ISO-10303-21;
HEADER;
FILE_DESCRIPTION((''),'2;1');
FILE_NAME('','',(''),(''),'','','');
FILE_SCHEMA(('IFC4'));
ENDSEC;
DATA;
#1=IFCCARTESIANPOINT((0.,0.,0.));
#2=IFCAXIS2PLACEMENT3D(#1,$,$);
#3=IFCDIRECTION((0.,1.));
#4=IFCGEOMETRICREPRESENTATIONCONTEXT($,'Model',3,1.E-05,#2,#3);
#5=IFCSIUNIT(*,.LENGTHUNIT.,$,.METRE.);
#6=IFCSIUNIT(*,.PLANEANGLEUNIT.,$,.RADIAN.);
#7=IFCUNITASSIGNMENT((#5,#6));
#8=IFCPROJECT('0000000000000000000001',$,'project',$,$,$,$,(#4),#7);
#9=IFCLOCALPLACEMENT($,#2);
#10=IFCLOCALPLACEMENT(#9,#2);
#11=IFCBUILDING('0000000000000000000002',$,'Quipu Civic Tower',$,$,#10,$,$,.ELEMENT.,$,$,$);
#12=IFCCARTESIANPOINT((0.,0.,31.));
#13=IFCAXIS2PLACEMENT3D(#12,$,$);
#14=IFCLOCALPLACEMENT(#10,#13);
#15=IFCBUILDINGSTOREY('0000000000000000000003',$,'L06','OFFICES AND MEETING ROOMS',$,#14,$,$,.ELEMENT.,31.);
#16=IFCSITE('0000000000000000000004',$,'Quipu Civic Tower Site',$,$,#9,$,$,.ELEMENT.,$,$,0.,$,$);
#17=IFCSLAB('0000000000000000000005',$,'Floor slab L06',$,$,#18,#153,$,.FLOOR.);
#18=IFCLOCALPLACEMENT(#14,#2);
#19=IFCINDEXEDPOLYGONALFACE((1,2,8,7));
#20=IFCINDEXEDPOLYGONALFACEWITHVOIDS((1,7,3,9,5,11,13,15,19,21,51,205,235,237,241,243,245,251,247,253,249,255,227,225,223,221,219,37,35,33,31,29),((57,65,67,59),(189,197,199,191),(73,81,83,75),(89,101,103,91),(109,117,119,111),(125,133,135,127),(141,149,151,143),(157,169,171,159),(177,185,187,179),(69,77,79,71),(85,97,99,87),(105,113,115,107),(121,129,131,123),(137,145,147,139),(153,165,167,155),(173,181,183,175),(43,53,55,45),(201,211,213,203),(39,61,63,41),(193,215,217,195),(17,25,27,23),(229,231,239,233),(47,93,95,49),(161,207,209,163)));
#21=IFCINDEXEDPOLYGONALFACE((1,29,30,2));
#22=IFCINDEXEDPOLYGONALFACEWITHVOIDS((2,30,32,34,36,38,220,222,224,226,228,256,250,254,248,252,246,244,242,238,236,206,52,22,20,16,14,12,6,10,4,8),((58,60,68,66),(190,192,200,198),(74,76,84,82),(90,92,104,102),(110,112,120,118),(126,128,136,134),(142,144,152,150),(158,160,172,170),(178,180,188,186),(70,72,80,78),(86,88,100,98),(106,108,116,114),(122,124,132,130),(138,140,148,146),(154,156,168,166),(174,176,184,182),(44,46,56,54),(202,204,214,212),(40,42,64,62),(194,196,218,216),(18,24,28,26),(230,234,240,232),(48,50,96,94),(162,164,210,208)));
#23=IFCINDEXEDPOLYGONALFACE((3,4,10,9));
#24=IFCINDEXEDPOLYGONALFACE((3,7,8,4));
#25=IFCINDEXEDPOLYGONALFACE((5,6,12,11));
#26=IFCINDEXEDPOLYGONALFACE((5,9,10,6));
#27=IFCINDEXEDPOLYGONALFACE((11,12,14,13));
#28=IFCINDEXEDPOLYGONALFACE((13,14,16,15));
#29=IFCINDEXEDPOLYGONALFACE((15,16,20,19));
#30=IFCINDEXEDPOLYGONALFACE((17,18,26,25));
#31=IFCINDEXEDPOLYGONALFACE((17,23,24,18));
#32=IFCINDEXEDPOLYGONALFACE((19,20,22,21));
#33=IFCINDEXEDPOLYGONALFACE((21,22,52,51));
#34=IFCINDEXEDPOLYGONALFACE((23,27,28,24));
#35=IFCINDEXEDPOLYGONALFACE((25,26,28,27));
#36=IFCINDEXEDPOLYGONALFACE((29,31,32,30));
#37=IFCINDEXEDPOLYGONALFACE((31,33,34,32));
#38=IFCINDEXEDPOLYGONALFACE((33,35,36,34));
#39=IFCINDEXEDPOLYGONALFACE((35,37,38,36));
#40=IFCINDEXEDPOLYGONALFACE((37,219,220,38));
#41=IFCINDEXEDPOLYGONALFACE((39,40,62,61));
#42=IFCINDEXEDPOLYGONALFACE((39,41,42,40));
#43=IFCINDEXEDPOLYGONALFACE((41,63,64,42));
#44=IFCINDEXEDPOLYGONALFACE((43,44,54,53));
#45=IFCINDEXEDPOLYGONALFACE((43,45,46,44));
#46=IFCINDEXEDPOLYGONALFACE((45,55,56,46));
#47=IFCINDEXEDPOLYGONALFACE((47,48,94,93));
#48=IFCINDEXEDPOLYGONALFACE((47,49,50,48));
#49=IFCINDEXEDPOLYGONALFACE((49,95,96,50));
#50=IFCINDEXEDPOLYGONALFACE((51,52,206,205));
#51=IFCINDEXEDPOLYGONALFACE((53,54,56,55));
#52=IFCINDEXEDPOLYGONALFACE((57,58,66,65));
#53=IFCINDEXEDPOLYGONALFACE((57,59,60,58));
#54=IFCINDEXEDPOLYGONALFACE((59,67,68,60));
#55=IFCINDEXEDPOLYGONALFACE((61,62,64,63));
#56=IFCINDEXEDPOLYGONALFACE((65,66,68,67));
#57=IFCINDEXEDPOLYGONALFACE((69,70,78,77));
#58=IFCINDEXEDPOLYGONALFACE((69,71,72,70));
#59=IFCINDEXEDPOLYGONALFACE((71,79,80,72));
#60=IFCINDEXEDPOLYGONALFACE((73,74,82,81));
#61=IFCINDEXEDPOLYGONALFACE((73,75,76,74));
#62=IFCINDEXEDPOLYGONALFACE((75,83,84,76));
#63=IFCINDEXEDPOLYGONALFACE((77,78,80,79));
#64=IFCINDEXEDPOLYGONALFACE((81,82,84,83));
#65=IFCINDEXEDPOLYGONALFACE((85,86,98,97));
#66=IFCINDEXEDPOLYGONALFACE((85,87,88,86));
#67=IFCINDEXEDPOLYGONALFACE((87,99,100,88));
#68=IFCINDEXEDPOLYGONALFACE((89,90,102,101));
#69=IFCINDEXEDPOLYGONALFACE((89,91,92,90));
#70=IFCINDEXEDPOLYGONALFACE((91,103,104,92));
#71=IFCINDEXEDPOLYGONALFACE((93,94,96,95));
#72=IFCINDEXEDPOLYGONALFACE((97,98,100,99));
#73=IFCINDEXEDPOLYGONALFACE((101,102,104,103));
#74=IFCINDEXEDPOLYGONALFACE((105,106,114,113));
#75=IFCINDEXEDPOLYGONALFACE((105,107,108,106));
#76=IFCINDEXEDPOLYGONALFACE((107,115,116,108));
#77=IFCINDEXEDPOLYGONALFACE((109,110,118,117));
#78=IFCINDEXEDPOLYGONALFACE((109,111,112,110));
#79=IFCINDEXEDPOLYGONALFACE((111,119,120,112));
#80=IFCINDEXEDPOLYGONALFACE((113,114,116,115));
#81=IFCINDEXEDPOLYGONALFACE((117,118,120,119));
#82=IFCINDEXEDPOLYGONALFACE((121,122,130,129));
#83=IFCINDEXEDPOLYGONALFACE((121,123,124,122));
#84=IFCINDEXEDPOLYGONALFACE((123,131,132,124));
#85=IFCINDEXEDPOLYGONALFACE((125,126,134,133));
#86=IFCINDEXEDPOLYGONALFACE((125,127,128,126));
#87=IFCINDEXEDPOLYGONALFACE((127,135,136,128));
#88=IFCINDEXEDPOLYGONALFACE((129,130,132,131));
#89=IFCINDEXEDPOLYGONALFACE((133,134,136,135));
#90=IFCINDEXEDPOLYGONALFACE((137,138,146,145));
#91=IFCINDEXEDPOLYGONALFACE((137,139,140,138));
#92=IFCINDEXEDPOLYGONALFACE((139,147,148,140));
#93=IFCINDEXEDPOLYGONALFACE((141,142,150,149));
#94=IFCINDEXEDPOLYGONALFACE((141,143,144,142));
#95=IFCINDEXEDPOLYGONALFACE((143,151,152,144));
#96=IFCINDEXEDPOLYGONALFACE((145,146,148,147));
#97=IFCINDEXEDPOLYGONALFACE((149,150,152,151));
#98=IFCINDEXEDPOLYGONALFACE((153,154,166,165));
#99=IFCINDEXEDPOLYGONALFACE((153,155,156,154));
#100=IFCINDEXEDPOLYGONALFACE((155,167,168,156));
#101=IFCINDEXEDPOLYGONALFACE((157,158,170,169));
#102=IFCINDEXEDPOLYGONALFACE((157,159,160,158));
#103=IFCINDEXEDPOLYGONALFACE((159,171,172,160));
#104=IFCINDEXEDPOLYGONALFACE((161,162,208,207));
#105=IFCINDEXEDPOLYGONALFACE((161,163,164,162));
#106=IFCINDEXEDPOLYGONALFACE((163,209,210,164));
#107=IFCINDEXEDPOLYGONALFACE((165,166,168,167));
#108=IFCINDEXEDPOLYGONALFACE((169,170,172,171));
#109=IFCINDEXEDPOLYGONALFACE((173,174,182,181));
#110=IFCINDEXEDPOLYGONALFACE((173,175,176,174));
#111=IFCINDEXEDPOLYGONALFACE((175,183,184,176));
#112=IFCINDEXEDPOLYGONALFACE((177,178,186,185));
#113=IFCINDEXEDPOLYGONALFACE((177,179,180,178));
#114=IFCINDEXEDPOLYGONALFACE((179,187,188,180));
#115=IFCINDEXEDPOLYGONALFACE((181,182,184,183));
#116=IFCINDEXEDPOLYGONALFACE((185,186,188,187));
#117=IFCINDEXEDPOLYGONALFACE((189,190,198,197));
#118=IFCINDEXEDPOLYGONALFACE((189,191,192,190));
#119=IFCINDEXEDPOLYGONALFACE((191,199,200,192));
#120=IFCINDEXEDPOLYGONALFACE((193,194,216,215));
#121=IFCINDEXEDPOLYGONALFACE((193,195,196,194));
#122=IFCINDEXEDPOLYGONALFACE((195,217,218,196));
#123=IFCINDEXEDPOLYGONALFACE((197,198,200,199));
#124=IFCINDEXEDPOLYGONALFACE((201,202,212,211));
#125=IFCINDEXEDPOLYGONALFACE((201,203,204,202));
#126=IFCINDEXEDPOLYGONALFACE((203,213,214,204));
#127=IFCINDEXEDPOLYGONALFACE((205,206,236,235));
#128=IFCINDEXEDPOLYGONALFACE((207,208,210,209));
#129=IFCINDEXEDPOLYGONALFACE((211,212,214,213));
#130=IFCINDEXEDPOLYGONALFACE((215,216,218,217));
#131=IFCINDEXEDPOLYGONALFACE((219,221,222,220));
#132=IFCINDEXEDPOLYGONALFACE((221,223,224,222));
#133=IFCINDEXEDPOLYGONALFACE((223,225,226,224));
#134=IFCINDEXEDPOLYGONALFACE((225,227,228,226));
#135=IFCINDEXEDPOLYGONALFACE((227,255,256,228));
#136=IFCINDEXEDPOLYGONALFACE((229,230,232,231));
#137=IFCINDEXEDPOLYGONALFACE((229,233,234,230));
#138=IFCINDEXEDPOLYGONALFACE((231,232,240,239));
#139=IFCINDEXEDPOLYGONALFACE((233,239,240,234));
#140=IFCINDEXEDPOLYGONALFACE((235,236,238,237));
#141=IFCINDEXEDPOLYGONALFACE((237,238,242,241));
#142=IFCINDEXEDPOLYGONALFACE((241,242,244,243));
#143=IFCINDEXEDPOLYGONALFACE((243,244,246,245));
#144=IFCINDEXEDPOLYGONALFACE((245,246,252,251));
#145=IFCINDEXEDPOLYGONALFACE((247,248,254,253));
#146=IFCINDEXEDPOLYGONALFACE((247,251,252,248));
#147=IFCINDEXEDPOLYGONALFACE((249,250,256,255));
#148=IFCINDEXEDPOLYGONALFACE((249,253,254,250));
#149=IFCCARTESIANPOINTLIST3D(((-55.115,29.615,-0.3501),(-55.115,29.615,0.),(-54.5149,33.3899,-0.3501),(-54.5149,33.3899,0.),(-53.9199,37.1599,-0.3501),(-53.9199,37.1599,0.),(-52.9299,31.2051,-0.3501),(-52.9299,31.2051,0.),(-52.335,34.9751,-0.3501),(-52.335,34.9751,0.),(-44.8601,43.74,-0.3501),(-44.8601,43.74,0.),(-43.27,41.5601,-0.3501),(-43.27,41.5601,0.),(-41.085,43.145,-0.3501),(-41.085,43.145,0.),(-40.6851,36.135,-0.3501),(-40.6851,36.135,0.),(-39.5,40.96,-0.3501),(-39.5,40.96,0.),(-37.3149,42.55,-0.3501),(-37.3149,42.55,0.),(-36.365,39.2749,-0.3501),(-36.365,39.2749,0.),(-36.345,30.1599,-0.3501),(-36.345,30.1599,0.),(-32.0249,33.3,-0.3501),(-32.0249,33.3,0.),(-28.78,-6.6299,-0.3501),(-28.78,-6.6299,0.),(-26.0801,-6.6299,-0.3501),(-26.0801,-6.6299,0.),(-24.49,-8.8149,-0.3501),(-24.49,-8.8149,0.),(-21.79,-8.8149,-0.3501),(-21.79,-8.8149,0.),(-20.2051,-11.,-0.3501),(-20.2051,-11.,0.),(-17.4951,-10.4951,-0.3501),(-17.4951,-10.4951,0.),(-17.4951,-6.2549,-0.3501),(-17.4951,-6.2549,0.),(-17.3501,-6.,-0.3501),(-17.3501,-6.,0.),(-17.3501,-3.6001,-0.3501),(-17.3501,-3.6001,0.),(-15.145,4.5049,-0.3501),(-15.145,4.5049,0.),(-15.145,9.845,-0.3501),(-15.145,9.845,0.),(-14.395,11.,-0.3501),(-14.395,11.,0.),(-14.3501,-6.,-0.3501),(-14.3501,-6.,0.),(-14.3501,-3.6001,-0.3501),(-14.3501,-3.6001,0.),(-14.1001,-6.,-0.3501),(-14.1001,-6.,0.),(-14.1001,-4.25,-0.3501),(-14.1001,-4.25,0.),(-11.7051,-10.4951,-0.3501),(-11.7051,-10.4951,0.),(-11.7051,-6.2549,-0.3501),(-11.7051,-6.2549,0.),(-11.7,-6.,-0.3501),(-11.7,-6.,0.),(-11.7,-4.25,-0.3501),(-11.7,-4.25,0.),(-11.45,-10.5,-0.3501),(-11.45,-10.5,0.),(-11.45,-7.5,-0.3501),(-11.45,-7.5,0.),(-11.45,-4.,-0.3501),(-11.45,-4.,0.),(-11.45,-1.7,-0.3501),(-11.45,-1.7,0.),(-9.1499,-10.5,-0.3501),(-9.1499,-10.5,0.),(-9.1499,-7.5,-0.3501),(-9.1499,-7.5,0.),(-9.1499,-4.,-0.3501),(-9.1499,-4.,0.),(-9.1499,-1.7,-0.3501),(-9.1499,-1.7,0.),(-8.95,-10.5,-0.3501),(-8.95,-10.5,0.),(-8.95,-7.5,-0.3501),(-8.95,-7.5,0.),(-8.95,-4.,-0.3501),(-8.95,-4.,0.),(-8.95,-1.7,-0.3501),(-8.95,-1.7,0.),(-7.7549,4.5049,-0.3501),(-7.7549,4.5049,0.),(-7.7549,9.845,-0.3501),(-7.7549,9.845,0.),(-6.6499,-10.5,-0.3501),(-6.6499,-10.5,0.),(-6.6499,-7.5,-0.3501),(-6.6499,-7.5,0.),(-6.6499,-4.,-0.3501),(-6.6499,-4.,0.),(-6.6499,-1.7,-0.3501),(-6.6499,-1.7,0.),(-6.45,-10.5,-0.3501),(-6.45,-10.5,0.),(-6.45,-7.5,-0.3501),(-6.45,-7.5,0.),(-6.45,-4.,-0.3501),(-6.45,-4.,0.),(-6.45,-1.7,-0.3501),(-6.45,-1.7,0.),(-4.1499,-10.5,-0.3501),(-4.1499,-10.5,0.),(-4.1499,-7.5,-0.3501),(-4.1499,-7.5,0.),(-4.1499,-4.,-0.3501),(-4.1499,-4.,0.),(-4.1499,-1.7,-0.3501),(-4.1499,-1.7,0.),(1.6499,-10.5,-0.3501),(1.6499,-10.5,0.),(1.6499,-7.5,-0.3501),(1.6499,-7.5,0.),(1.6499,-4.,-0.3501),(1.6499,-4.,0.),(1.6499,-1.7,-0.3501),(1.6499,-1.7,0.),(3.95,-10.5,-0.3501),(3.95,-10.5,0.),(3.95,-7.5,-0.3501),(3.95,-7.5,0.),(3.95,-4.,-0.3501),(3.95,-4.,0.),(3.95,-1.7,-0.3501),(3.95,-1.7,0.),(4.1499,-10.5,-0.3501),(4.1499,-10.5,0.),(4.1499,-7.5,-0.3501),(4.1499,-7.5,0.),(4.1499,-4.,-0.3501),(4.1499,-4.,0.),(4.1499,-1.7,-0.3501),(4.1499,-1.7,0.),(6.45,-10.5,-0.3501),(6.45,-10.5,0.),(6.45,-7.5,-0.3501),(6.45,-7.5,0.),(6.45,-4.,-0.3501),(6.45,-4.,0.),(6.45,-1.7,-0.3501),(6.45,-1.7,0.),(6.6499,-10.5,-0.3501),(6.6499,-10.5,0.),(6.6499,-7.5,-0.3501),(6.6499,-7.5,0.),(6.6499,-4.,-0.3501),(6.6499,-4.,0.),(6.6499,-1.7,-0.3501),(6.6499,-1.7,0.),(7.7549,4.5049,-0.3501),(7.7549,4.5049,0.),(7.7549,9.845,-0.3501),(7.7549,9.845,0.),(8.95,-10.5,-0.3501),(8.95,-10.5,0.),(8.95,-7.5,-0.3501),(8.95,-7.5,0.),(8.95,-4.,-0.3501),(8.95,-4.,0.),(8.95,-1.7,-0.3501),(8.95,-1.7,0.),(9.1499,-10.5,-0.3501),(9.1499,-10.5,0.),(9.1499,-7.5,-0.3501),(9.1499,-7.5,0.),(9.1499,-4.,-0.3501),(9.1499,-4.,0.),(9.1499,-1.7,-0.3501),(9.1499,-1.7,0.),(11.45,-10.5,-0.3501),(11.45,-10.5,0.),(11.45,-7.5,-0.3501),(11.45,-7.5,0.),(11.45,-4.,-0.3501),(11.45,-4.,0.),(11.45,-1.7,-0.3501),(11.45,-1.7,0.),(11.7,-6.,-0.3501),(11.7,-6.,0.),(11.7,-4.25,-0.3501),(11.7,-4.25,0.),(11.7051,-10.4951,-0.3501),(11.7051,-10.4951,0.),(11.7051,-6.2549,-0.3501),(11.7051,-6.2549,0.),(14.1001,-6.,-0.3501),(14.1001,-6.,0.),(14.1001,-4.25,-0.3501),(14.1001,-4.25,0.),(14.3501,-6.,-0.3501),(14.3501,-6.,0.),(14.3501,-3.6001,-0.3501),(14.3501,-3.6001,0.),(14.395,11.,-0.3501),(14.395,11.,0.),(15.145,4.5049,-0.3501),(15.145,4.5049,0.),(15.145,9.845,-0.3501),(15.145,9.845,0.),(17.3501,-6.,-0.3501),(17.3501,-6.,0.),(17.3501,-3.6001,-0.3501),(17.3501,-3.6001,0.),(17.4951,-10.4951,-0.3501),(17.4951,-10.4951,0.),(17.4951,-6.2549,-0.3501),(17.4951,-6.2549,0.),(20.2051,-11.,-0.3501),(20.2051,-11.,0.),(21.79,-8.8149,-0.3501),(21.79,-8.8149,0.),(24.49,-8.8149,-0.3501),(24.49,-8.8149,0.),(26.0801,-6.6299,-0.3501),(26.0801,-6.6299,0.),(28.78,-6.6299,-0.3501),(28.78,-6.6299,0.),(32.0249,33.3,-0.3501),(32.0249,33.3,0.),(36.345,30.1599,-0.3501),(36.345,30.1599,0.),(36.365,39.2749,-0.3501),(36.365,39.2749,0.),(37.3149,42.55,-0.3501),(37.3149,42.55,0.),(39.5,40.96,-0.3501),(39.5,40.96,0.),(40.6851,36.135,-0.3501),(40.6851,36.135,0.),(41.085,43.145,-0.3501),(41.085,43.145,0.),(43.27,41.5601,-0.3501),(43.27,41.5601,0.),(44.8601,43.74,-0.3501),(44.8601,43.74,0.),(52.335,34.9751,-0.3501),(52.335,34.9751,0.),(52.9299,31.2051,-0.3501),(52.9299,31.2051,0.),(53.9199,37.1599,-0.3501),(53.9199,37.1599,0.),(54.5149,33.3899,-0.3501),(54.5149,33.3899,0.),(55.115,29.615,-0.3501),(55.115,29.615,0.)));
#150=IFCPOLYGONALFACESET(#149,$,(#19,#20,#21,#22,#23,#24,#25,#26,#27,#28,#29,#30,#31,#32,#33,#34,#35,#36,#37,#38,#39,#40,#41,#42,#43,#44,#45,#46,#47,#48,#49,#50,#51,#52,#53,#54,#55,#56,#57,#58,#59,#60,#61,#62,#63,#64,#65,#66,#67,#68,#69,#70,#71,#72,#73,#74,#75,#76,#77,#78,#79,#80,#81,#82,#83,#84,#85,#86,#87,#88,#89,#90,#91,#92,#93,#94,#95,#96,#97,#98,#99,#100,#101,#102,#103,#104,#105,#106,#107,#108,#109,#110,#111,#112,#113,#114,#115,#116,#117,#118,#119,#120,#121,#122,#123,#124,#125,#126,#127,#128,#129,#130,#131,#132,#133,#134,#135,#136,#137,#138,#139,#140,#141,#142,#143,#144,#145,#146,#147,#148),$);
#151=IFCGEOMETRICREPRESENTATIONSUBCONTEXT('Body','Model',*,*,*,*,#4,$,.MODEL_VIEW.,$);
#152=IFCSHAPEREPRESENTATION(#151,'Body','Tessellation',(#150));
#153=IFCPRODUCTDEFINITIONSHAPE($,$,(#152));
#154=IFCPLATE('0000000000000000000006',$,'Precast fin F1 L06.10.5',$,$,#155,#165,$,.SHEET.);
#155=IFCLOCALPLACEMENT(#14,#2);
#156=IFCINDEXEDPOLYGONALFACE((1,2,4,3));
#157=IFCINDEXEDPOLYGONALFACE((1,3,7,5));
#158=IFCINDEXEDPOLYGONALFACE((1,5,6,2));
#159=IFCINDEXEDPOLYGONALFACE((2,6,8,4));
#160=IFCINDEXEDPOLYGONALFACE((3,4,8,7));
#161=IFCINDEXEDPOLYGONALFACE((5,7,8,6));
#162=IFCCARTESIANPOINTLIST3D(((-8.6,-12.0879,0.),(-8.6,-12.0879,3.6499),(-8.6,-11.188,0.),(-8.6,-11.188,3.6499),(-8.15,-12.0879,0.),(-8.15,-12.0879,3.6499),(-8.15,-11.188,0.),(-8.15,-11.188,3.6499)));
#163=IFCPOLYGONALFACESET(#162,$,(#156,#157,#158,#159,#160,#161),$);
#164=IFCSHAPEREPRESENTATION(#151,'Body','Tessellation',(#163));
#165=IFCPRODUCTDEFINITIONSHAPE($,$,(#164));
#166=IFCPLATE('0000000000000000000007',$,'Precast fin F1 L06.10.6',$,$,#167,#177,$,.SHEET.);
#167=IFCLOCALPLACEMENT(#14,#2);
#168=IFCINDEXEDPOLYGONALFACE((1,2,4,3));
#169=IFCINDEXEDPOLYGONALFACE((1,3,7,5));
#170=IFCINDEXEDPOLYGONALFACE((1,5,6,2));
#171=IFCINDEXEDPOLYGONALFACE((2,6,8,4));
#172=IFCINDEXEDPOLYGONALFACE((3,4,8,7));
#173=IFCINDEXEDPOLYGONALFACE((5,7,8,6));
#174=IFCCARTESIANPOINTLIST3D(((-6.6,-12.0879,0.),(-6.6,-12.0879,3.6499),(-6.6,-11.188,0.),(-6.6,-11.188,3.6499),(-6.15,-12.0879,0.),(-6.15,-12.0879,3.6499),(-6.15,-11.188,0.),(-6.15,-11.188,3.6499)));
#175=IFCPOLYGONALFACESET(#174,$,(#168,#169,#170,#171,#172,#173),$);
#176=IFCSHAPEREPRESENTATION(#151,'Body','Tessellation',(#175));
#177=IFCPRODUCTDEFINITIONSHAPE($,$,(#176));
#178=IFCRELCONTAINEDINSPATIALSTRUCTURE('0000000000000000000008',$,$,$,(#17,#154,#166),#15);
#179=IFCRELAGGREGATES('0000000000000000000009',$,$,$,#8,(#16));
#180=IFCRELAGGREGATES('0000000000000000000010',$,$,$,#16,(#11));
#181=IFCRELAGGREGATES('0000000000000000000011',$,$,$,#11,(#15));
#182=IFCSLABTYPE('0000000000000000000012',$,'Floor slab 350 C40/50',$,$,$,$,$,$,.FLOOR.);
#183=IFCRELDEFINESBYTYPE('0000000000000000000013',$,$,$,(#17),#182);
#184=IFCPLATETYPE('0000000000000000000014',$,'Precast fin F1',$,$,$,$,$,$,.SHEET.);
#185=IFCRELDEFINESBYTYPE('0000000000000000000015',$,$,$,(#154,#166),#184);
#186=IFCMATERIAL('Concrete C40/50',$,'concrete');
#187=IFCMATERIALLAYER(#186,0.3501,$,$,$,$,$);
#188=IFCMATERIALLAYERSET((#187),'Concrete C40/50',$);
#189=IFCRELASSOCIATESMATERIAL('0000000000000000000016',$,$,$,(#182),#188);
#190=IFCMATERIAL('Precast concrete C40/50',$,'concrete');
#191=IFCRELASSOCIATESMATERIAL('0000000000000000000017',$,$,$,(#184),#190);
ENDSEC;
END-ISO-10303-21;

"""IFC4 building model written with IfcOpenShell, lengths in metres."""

from ifc_helpers import new_model, si_unit, direction, frame, origin, origin_2d, place, context, subcontext, project, spatial, polyline, rectangle, outline, extrude, material, layer, layer_set, type_object, element, save


model = new_model("IFC4")

# Units and contexts
model_context = context("Model", 3, precision=1e-05, world=origin(), true_north=direction((0.0, 1.0)))
body_context = subcontext(model_context, "Body", "Model", "MODEL_VIEW")
ifc_project = project(units=[si_unit("LENGTHUNIT", "METRE"), si_unit("PLANEANGLEUNIT", "RADIAN")], contexts=[model_context])

# Site, building, storey
site_placement = place(None, origin())
site = spatial("IfcSite", under=ifc_project, at=site_placement, Name="Quipu Civic Tower Site", CompositionType="ELEMENT", RefElevation=0.0)
building_placement = place(site_placement, origin())
building = spatial("IfcBuilding", under=site, at=building_placement, Name="Quipu Civic Tower", CompositionType="ELEMENT")
storey_placement = place(building_placement, frame((0.0, 0.0, 31.0)))
storey = spatial("IfcBuildingStorey", under=building, at=storey_placement, Name="L06", Description="OFFICES AND MEETING ROOMS", CompositionType="ELEMENT", Elevation=31.0)

# Slab
ifc_material_1 = material(Name="Concrete C40/50", Category="concrete")
ifc_layer_1 = layer(ifc_material_1, 0.3501)
ifc_layer_set_1 = layer_set([ifc_layer_1], Name="Concrete C40/50")
slab_type = type_object("IfcSlabType", Name="Floor slab 350 C40/50", PredefinedType="FLOOR", material=ifc_layer_set_1)
slab_placement = place(storey_placement, frame((0.0, 0.0, -0.3501)))
element("IfcSlab", 1, at=slab_placement, inside=storey, type_object=slab_type, Name="Floor slab L06", PredefinedType="FLOOR", context=body_context, shape_type="SweptSolid", body=[
    extrude(outline(polyline([(37.3149, 42.55), (39.5, 40.96), (41.085, 43.145), (43.27, 41.5601), (44.8601, 43.74), (53.9199, 37.1599), (52.335, 34.9751), (54.5149, 33.3899), (52.9299, 31.2051), (55.115, 29.615), (28.78, -6.6299), (26.0801, -6.6299), (24.49, -8.8149), (21.79, -8.8149), (20.2051, -11.0), (-20.2051, -11.0), (-21.79, -8.8149), (-24.49, -8.8149), (-26.0801, -6.6299), (-28.78, -6.6299), (-55.115, 29.615), (-52.9299, 31.2051), (-54.5149, 33.3899), (-52.335, 34.9751), (-53.9199, 37.1599), (-44.8601, 43.74), (-43.27, 41.5601), (-41.085, 43.145), (-39.5, 40.96), (-37.3149, 42.55), (-14.395, 11.0), (14.395, 11.0), (37.3149, 42.55)]), holes=[polyline([(-11.45, -7.5), (-11.45, -10.5), (-9.1499, -10.5), (-9.1499, -7.5), (-11.45, -7.5)]), polyline([(-6.6499, -7.5), (-8.95, -7.5), (-8.95, -10.5), (-6.6499, -10.5), (-6.6499, -7.5)]), polyline([(-4.1499, -7.5), (-6.45, -7.5), (-6.45, -10.5), (-4.1499, -10.5), (-4.1499, -7.5)]), polyline([(1.6499, -7.5), (1.6499, -10.5), (3.95, -10.5), (3.95, -7.5), (1.6499, -7.5)]), polyline([(-11.7051, -10.4951), (-11.7051, -6.2549), (-17.4951, -6.2549), (-17.4951, -10.4951), (-11.7051, -10.4951)]), polyline([(-11.7, -4.25), (-14.1001, -4.25), (-14.1001, -6.0), (-11.7, -6.0), (-11.7, -4.25)]), polyline([(-17.3501, -3.6001), (-17.3501, -6.0), (-14.3501, -6.0), (-14.3501, -3.6001), (-17.3501, -3.6001)]), polyline([(-9.1499, -1.7), (-11.45, -1.7), (-11.45, -4.0), (-9.1499, -4.0), (-9.1499, -1.7)]), polyline([(-6.6499, -1.7), (-8.95, -1.7), (-8.95, -4.0), (-6.6499, -4.0), (-6.6499, -1.7)]), polyline([(-6.45, -1.7), (-6.45, -4.0), (-4.1499, -4.0), (-4.1499, -1.7), (-6.45, -1.7)]), polyline([(-7.7549, 4.5049), (-7.7549, 9.845), (-15.145, 9.845), (-15.145, 4.5049), (-7.7549, 4.5049)]), polyline([(-36.365, 39.2749), (-40.6851, 36.135), (-36.345, 30.1599), (-32.0249, 33.3), (-36.365, 39.2749)]), polyline([(4.1499, -7.5), (4.1499, -10.5), (6.45, -10.5), (6.45, -7.5), (4.1499, -7.5)]), polyline([(8.95, -7.5), (6.6499, -7.5), (6.6499, -10.5), (8.95, -10.5), (8.95, -7.5)]), polyline([(11.45, -7.5), (9.1499, -7.5), (9.1499, -10.5), (11.45, -10.5), (11.45, -7.5)]), polyline([(11.7051, -10.4951), (17.4951, -10.4951), (17.4951, -6.2549), (11.7051, -6.2549), (11.7051, -10.4951)]), polyline([(14.1001, -4.25), (11.7, -4.25), (11.7, -6.0), (14.1001, -6.0), (14.1001, -4.25)]), polyline([(17.3501, -3.6001), (14.3501, -3.6001), (14.3501, -6.0), (17.3501, -6.0), (17.3501, -3.6001)]), polyline([(1.6499, -1.7), (1.6499, -4.0), (3.95, -4.0), (3.95, -1.7), (1.6499, -1.7)]), polyline([(6.45, -1.7), (4.1499, -1.7), (4.1499, -4.0), (6.45, -4.0), (6.45, -1.7)]), polyline([(8.95, -1.7), (6.6499, -1.7), (6.6499, -4.0), (8.95, -4.0), (8.95, -1.7)]), polyline([(9.1499, -1.7), (9.1499, -4.0), (11.45, -4.0), (11.45, -1.7), (9.1499, -1.7)]), polyline([(7.7549, 9.845), (7.7549, 4.5049), (15.145, 4.5049), (15.145, 9.845), (7.7549, 9.845)]), polyline([(40.6851, 36.135), (36.365, 39.2749), (32.0249, 33.3), (36.345, 30.1599), (40.6851, 36.135)])]), origin(), (0.0, 0.0, 1.0), 0.3501),
])

# Plates
ifc_material_2 = material(Name="Precast concrete C40/50", Category="concrete")
plate_type = type_object("IfcPlateType", Name="Precast fin F1", PredefinedType="SHEET", material=ifc_material_2)
for number, where, z_axis, x_axis, name in (
    (2, (-8.375, -11.6379, 0.0), (0.0, 0.0, 1.0), (1.0, 0.0, 0.0), "Precast fin F1 L06.10.5"),
    (3, (-6.375, -11.6379, 0.0), (0.0, 0.0, 1.0), (1.0, 0.0, 0.0), "Precast fin F1 L06.10.6"),
):
    element("IfcPlate", number, at=place(storey_placement, frame(where, z_axis=z_axis, x_axis=x_axis)), inside=storey, type_object=plate_type, Name=name, PredefinedType="SHEET", context=body_context, shape_type="SweptSolid", body=[
        extrude(rectangle(XDim=0.45, YDim=0.8999, at=origin_2d()), origin(), (0.0, 0.0, 1.0), 3.6499),
    ])

save(model, "model.ifc")
